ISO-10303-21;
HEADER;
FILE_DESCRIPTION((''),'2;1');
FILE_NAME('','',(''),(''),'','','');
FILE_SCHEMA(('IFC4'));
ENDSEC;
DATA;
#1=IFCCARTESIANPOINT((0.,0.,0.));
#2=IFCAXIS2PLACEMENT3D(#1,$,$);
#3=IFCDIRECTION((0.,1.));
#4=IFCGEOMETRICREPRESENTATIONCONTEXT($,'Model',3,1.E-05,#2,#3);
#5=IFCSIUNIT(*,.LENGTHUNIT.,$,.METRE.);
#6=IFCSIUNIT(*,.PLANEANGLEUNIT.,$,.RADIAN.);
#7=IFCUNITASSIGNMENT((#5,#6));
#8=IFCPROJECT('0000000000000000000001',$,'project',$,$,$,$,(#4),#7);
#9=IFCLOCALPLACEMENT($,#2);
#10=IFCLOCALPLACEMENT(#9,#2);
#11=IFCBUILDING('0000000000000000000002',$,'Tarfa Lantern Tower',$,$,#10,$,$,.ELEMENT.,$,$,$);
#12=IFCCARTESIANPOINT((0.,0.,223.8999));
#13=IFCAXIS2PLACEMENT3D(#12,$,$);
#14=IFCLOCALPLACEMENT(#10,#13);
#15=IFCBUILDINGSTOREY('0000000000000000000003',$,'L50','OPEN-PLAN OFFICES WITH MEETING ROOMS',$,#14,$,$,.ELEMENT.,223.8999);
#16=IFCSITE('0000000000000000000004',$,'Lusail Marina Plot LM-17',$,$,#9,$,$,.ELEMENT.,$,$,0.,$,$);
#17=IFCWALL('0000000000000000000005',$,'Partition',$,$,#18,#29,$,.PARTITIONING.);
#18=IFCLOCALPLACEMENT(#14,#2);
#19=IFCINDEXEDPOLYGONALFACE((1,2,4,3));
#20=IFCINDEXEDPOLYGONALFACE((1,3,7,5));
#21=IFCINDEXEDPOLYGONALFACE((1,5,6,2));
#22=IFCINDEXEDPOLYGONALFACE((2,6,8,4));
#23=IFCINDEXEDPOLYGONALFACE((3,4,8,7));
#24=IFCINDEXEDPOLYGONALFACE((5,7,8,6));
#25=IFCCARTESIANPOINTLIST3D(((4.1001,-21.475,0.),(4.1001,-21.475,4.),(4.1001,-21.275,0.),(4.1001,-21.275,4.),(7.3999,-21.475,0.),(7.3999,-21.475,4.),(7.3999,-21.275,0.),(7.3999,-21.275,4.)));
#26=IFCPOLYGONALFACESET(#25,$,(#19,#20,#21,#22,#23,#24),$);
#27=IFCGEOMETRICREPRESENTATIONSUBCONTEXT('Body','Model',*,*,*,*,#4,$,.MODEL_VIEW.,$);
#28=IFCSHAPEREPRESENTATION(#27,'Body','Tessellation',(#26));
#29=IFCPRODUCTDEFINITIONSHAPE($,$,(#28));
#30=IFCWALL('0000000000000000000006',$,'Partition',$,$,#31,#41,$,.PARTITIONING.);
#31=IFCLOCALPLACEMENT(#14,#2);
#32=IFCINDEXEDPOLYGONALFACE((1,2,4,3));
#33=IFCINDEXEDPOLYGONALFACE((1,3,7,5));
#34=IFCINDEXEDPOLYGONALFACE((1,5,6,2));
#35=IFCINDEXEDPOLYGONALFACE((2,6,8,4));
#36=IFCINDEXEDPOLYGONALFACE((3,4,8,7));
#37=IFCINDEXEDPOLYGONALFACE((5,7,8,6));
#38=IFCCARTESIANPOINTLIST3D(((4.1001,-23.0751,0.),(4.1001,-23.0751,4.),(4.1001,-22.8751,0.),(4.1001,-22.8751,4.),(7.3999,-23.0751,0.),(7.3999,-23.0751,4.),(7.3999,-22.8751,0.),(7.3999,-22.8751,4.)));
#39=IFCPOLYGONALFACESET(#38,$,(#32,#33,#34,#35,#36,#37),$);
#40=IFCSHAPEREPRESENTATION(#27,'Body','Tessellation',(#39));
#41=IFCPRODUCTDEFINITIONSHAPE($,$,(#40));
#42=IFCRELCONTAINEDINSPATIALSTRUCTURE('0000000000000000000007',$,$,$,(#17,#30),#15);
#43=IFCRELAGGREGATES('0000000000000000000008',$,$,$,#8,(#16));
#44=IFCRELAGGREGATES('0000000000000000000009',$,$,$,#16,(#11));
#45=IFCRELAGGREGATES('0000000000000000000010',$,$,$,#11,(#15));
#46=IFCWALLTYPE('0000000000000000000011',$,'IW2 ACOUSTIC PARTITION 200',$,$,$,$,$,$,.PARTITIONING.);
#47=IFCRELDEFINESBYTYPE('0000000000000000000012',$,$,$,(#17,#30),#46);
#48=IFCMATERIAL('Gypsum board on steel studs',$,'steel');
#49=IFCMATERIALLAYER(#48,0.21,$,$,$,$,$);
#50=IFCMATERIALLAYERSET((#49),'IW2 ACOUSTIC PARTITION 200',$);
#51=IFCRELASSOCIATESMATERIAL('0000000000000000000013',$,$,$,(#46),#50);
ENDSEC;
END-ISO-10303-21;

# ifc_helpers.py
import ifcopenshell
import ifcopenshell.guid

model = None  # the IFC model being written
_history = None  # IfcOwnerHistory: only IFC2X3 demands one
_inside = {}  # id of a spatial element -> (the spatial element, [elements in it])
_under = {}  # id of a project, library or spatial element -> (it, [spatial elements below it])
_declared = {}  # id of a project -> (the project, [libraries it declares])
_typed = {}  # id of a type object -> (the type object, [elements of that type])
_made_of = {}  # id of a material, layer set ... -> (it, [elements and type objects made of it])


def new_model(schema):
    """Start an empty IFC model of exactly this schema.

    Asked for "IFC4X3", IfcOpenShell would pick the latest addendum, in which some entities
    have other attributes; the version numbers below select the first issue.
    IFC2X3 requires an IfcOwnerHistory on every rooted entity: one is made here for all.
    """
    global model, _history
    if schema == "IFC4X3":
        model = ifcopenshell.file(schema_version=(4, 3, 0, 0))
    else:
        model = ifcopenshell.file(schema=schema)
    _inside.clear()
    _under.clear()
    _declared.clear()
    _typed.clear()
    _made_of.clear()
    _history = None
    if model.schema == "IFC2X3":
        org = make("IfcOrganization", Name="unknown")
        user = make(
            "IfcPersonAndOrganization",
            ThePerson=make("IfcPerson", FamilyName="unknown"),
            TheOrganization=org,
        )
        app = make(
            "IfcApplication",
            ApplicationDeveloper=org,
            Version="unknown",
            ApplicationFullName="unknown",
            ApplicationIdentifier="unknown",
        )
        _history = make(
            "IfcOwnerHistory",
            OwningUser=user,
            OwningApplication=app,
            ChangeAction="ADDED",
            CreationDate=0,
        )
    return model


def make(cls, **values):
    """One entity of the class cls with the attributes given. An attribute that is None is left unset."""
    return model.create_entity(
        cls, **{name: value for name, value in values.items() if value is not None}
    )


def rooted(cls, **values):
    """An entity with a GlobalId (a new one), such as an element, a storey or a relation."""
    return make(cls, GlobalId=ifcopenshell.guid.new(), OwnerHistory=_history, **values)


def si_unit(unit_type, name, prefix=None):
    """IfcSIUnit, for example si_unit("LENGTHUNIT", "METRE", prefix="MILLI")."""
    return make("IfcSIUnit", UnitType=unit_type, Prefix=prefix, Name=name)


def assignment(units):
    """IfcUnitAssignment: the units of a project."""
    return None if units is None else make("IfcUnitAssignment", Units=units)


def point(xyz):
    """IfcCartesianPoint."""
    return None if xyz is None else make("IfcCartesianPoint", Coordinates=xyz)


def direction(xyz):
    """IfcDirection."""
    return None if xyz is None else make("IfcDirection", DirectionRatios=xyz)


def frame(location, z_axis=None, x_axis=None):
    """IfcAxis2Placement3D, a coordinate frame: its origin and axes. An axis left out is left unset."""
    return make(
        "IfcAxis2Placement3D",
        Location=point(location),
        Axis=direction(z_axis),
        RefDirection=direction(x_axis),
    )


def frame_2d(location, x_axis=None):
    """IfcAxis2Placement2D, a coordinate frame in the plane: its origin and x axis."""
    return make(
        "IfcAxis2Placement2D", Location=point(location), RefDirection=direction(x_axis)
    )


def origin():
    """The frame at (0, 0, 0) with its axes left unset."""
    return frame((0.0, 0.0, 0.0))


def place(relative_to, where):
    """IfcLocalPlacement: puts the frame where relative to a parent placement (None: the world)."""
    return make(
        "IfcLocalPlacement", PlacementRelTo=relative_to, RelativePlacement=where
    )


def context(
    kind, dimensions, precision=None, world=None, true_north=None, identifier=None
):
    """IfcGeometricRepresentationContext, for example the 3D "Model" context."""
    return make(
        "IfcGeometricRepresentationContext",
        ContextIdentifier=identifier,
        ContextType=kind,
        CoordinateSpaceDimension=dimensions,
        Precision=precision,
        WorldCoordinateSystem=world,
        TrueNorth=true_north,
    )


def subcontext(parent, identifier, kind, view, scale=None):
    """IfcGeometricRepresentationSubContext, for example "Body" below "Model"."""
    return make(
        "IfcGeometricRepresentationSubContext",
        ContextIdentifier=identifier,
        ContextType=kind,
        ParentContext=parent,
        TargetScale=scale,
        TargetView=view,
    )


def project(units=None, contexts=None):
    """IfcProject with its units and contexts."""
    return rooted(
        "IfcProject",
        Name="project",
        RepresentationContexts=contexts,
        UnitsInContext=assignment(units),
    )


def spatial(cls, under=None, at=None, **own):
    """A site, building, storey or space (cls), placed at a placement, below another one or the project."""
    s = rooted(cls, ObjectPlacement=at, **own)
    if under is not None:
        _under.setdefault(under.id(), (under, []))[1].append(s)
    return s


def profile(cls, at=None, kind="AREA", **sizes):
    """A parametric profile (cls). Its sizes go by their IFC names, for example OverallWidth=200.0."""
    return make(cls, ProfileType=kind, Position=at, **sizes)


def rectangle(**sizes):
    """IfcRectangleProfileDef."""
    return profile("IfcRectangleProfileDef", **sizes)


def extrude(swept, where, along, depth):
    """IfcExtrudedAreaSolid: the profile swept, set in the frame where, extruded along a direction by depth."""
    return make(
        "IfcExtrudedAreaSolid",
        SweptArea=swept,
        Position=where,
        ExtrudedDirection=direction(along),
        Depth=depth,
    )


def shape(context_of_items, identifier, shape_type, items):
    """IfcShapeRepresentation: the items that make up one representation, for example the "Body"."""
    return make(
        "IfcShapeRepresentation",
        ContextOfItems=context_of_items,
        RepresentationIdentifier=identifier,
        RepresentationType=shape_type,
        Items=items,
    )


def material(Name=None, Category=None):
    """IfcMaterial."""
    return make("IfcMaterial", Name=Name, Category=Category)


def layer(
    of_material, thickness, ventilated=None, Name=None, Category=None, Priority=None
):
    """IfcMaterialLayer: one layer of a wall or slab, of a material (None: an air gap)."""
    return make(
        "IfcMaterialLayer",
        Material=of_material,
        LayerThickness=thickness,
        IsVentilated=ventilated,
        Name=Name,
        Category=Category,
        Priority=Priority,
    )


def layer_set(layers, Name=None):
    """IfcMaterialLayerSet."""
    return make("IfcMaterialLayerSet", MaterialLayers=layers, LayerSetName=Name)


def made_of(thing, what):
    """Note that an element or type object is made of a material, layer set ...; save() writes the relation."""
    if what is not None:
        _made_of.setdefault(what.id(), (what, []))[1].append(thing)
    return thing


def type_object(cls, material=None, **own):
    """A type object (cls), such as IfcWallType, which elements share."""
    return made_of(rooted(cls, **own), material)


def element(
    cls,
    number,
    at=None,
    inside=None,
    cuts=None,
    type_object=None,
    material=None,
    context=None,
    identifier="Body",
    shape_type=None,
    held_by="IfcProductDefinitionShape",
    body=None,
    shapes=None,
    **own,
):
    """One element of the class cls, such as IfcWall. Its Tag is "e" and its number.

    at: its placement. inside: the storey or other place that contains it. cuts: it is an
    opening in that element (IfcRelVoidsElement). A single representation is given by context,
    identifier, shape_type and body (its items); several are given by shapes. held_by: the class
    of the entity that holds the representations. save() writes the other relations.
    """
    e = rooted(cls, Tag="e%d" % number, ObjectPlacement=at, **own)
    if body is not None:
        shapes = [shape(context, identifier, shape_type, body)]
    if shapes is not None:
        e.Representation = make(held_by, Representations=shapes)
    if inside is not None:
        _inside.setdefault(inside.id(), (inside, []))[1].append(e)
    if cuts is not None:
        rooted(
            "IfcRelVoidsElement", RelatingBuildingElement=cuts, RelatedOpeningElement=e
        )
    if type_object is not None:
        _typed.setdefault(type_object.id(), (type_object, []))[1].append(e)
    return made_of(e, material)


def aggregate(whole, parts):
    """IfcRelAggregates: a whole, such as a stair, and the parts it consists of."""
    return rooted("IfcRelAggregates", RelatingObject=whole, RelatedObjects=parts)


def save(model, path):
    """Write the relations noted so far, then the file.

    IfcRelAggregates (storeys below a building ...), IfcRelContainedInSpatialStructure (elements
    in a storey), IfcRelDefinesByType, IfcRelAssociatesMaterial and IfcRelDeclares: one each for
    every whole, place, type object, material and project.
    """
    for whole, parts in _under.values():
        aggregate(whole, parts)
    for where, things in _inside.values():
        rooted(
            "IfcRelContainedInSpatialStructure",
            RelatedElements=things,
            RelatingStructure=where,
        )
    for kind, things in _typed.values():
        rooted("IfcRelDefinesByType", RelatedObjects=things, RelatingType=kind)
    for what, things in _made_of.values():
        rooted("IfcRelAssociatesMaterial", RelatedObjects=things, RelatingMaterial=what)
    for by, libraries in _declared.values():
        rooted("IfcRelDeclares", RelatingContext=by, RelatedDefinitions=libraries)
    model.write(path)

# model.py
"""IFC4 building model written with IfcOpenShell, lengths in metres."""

from ifc_helpers import new_model, si_unit, direction, frame, frame_2d, origin, place, context, subcontext, project, spatial, rectangle, extrude, material, layer, layer_set, type_object, element, save


model = new_model("IFC4")

# Units and contexts
model_context = context("Model", 3, precision=1e-05, world=origin(), true_north=direction((0.0, 1.0)))
body_context = subcontext(model_context, "Body", "Model", "MODEL_VIEW")
ifc_project = project(units=[si_unit("LENGTHUNIT", "METRE"), si_unit("PLANEANGLEUNIT", "RADIAN")], contexts=[model_context])

# Site, building, storey
site_placement = place(None, origin())
site = spatial("IfcSite", under=ifc_project, at=site_placement, Name="Lusail Marina Plot LM-17", CompositionType="ELEMENT", RefElevation=0.0)
building_placement = place(site_placement, origin())
building = spatial("IfcBuilding", under=site, at=building_placement, Name="Tarfa Lantern Tower", CompositionType="ELEMENT")
storey_placement = place(building_placement, frame((0.0, 0.0, 223.8999)))
storey = spatial("IfcBuildingStorey", under=building, at=storey_placement, Name="L50", Description="OPEN-PLAN OFFICES WITH MEETING ROOMS", CompositionType="ELEMENT", Elevation=223.8999)

# Walls
ifc_material_1 = material(Name="Gypsum board on steel studs", Category="steel")
ifc_layer_1 = layer(ifc_material_1, 0.21)
ifc_layer_set_1 = layer_set([ifc_layer_1], Name="IW2 ACOUSTIC PARTITION 200")
wall_type = type_object("IfcWallType", Name="IW2 ACOUSTIC PARTITION 200", PredefinedType="PARTITIONING", material=ifc_layer_set_1)
for number, where, z_axis, x_axis, name in (
    (1, (4.1001, -21.375, 0.0), (0.0, 0.0, 1.0), (1.0, 0.0, 0.0), "Partition"),
    (2, (4.1001, -22.9751, 0.0), (0.0, 0.0, 1.0), (1.0, 0.0, 0.0), "Partition"),
):
    element("IfcWall", number, at=place(storey_placement, frame(where, z_axis=z_axis, x_axis=x_axis)), inside=storey, type_object=wall_type, Name=name, PredefinedType="PARTITIONING", context=body_context, shape_type="SweptSolid", body=[
        extrude(rectangle(XDim=3.2998, YDim=0.2, at=frame_2d((1.6499, 0.0))), origin(), (0.0, 0.0, 1.0), 4.0),
    ])

save(model, "model.ifc")
